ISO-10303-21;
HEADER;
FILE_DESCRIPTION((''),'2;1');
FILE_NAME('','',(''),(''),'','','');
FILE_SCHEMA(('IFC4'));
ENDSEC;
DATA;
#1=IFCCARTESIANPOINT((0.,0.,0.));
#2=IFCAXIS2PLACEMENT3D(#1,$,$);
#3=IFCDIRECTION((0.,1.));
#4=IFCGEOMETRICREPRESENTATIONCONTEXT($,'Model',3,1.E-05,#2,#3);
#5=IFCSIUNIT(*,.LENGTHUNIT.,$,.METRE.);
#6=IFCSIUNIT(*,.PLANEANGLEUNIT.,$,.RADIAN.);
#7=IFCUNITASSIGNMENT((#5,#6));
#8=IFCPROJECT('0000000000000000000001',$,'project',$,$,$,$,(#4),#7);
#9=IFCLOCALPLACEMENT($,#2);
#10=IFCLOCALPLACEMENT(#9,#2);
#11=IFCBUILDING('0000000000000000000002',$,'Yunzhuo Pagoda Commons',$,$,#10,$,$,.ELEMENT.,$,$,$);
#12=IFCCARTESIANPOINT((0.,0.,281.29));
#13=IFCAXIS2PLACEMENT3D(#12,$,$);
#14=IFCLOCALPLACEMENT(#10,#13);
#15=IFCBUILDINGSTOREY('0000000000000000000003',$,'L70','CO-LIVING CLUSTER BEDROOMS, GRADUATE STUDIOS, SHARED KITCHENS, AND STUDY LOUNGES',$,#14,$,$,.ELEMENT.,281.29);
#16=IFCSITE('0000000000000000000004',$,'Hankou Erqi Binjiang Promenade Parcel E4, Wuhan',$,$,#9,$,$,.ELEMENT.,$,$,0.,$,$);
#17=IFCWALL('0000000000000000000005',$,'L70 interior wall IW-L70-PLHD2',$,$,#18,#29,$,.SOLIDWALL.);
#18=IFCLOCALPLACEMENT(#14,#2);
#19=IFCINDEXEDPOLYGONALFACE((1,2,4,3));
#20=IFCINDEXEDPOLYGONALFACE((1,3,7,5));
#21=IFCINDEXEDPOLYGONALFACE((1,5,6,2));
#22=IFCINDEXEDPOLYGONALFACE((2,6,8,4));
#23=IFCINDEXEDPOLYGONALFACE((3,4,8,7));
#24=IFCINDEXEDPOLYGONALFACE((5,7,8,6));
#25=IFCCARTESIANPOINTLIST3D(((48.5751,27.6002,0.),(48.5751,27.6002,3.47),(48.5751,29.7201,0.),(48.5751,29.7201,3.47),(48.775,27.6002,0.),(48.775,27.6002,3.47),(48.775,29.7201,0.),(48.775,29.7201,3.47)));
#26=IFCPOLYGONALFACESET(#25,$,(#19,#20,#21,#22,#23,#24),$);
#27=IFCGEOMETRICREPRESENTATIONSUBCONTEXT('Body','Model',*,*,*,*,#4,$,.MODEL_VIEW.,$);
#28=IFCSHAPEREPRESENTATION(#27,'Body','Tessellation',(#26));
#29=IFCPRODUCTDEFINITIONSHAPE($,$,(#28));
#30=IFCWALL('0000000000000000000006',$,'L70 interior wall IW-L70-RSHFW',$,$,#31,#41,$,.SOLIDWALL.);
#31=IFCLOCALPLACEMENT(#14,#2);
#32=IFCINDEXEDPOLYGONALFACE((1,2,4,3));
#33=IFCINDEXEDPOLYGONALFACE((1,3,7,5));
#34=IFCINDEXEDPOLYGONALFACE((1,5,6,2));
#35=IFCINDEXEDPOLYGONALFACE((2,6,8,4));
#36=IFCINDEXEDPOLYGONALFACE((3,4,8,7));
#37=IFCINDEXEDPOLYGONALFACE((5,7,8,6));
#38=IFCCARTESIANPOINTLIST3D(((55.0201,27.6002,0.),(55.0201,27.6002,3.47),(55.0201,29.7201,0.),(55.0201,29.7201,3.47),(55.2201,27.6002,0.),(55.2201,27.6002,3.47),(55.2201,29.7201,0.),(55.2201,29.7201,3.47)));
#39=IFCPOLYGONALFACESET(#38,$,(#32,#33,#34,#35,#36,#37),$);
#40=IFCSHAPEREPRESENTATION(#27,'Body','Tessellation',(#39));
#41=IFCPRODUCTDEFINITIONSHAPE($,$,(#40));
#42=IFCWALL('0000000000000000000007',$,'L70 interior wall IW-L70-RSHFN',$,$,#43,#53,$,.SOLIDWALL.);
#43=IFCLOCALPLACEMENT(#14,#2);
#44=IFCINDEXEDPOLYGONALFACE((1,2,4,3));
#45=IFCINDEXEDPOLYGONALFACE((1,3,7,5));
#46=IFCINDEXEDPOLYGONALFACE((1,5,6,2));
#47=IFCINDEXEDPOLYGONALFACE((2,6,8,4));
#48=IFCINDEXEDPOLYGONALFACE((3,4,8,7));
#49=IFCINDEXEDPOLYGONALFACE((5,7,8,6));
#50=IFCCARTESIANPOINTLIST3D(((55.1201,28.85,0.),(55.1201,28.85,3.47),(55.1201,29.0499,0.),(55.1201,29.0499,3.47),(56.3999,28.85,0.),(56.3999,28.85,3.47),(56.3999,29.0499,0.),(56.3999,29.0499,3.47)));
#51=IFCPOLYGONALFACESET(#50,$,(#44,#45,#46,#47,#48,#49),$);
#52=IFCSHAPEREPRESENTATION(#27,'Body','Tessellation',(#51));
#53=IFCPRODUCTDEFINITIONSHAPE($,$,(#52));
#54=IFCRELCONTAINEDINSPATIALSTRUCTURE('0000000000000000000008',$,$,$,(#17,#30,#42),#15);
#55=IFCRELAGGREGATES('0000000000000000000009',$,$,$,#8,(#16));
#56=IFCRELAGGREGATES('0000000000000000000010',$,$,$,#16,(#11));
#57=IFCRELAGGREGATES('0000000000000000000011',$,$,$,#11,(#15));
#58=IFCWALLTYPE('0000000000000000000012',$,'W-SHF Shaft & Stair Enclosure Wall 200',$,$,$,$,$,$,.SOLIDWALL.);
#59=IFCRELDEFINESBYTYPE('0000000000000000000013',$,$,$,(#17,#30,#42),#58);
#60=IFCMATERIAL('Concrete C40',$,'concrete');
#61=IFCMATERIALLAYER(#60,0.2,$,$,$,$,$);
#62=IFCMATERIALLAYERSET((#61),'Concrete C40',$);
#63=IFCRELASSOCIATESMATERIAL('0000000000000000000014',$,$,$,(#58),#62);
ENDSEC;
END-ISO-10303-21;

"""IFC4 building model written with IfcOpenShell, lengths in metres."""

from ifc_helpers import new_model, si_unit, direction, frame, frame_2d, origin, place, context, subcontext, project, spatial, rectangle, extrude, material, layer, layer_set, type_object, element, save


model = new_model("IFC4")

# Units and contexts
model_context = context("Model", 3, precision=1e-05, world=origin(), true_north=direction((0.0, 1.0)))
body_context = subcontext(model_context, "Body", "Model", "MODEL_VIEW")
ifc_project = project(units=[si_unit("LENGTHUNIT", "METRE"), si_unit("PLANEANGLEUNIT", "RADIAN")], contexts=[model_context])

# Site, building, storey
site_placement = place(None, origin())
site = spatial("IfcSite", under=ifc_project, at=site_placement, Name="Hankou Erqi Binjiang Promenade Parcel E4, Wuhan", CompositionType="ELEMENT", RefElevation=0.0)
building_placement = place(site_placement, origin())
building = spatial("IfcBuilding", under=site, at=building_placement, Name="Yunzhuo Pagoda Commons", CompositionType="ELEMENT")
storey_placement = place(building_placement, frame((0.0, 0.0, 281.29)))
storey = spatial("IfcBuildingStorey", under=building, at=storey_placement, Name="L70", Description="CO-LIVING CLUSTER BEDROOMS, GRADUATE STUDIOS, SHARED KITCHENS, AND STUDY LOUNGES", CompositionType="ELEMENT", Elevation=281.29)

# Shared definitions
ifc_material_1 = material(Name="Concrete C40", Category="concrete")
ifc_layer_1 = layer(ifc_material_1, 0.2)
ifc_layer_set_1 = layer_set([ifc_layer_1], Name="Concrete C40")
wall_type_1 = type_object("IfcWallType", Name="W-SHF Shaft & Stair Enclosure Wall 200", PredefinedType="SOLIDWALL", material=ifc_layer_set_1)

# Walls
for number, where, z_axis, x_axis, name in (
    (1, (48.675, 27.6001, 0.0), (0.0, 0.0, 1.0), (0.0, 1.0, 0.0), "L70 interior wall IW-L70-PLHD2"),
    (2, (55.1201, 27.6001, 0.0), (0.0, 0.0, 1.0), (0.0, 1.0, 0.0), "L70 interior wall IW-L70-RSHFW"),
):
    element("IfcWall", number, at=place(storey_placement, frame(where, z_axis=z_axis, x_axis=x_axis)), inside=storey, type_object=wall_type_1, Name=name, PredefinedType="SOLIDWALL", context=body_context, shape_type="SweptSolid", body=[
        extrude(rectangle(XDim=2.1199, YDim=0.2, at=frame_2d((1.0601, 0.0))), origin(), (0.0, 0.0, 1.0), 3.47),
    ])
wall_1_placement = place(storey_placement, frame((55.1201, 28.95, 0.0), z_axis=(0.0, 0.0, 1.0), x_axis=(1.0, 0.0, 0.0)))
element("IfcWall", 3, at=wall_1_placement, inside=storey, type_object=wall_type_1, Name="L70 interior wall IW-L70-RSHFN", PredefinedType="SOLIDWALL", context=body_context, shape_type="SweptSolid", body=[
    extrude(rectangle(XDim=1.2798, YDim=0.2, at=frame_2d((0.6399, 0.0))), origin(), (0.0, 0.0, 1.0), 3.47),
])

save(model, "model.ifc")
